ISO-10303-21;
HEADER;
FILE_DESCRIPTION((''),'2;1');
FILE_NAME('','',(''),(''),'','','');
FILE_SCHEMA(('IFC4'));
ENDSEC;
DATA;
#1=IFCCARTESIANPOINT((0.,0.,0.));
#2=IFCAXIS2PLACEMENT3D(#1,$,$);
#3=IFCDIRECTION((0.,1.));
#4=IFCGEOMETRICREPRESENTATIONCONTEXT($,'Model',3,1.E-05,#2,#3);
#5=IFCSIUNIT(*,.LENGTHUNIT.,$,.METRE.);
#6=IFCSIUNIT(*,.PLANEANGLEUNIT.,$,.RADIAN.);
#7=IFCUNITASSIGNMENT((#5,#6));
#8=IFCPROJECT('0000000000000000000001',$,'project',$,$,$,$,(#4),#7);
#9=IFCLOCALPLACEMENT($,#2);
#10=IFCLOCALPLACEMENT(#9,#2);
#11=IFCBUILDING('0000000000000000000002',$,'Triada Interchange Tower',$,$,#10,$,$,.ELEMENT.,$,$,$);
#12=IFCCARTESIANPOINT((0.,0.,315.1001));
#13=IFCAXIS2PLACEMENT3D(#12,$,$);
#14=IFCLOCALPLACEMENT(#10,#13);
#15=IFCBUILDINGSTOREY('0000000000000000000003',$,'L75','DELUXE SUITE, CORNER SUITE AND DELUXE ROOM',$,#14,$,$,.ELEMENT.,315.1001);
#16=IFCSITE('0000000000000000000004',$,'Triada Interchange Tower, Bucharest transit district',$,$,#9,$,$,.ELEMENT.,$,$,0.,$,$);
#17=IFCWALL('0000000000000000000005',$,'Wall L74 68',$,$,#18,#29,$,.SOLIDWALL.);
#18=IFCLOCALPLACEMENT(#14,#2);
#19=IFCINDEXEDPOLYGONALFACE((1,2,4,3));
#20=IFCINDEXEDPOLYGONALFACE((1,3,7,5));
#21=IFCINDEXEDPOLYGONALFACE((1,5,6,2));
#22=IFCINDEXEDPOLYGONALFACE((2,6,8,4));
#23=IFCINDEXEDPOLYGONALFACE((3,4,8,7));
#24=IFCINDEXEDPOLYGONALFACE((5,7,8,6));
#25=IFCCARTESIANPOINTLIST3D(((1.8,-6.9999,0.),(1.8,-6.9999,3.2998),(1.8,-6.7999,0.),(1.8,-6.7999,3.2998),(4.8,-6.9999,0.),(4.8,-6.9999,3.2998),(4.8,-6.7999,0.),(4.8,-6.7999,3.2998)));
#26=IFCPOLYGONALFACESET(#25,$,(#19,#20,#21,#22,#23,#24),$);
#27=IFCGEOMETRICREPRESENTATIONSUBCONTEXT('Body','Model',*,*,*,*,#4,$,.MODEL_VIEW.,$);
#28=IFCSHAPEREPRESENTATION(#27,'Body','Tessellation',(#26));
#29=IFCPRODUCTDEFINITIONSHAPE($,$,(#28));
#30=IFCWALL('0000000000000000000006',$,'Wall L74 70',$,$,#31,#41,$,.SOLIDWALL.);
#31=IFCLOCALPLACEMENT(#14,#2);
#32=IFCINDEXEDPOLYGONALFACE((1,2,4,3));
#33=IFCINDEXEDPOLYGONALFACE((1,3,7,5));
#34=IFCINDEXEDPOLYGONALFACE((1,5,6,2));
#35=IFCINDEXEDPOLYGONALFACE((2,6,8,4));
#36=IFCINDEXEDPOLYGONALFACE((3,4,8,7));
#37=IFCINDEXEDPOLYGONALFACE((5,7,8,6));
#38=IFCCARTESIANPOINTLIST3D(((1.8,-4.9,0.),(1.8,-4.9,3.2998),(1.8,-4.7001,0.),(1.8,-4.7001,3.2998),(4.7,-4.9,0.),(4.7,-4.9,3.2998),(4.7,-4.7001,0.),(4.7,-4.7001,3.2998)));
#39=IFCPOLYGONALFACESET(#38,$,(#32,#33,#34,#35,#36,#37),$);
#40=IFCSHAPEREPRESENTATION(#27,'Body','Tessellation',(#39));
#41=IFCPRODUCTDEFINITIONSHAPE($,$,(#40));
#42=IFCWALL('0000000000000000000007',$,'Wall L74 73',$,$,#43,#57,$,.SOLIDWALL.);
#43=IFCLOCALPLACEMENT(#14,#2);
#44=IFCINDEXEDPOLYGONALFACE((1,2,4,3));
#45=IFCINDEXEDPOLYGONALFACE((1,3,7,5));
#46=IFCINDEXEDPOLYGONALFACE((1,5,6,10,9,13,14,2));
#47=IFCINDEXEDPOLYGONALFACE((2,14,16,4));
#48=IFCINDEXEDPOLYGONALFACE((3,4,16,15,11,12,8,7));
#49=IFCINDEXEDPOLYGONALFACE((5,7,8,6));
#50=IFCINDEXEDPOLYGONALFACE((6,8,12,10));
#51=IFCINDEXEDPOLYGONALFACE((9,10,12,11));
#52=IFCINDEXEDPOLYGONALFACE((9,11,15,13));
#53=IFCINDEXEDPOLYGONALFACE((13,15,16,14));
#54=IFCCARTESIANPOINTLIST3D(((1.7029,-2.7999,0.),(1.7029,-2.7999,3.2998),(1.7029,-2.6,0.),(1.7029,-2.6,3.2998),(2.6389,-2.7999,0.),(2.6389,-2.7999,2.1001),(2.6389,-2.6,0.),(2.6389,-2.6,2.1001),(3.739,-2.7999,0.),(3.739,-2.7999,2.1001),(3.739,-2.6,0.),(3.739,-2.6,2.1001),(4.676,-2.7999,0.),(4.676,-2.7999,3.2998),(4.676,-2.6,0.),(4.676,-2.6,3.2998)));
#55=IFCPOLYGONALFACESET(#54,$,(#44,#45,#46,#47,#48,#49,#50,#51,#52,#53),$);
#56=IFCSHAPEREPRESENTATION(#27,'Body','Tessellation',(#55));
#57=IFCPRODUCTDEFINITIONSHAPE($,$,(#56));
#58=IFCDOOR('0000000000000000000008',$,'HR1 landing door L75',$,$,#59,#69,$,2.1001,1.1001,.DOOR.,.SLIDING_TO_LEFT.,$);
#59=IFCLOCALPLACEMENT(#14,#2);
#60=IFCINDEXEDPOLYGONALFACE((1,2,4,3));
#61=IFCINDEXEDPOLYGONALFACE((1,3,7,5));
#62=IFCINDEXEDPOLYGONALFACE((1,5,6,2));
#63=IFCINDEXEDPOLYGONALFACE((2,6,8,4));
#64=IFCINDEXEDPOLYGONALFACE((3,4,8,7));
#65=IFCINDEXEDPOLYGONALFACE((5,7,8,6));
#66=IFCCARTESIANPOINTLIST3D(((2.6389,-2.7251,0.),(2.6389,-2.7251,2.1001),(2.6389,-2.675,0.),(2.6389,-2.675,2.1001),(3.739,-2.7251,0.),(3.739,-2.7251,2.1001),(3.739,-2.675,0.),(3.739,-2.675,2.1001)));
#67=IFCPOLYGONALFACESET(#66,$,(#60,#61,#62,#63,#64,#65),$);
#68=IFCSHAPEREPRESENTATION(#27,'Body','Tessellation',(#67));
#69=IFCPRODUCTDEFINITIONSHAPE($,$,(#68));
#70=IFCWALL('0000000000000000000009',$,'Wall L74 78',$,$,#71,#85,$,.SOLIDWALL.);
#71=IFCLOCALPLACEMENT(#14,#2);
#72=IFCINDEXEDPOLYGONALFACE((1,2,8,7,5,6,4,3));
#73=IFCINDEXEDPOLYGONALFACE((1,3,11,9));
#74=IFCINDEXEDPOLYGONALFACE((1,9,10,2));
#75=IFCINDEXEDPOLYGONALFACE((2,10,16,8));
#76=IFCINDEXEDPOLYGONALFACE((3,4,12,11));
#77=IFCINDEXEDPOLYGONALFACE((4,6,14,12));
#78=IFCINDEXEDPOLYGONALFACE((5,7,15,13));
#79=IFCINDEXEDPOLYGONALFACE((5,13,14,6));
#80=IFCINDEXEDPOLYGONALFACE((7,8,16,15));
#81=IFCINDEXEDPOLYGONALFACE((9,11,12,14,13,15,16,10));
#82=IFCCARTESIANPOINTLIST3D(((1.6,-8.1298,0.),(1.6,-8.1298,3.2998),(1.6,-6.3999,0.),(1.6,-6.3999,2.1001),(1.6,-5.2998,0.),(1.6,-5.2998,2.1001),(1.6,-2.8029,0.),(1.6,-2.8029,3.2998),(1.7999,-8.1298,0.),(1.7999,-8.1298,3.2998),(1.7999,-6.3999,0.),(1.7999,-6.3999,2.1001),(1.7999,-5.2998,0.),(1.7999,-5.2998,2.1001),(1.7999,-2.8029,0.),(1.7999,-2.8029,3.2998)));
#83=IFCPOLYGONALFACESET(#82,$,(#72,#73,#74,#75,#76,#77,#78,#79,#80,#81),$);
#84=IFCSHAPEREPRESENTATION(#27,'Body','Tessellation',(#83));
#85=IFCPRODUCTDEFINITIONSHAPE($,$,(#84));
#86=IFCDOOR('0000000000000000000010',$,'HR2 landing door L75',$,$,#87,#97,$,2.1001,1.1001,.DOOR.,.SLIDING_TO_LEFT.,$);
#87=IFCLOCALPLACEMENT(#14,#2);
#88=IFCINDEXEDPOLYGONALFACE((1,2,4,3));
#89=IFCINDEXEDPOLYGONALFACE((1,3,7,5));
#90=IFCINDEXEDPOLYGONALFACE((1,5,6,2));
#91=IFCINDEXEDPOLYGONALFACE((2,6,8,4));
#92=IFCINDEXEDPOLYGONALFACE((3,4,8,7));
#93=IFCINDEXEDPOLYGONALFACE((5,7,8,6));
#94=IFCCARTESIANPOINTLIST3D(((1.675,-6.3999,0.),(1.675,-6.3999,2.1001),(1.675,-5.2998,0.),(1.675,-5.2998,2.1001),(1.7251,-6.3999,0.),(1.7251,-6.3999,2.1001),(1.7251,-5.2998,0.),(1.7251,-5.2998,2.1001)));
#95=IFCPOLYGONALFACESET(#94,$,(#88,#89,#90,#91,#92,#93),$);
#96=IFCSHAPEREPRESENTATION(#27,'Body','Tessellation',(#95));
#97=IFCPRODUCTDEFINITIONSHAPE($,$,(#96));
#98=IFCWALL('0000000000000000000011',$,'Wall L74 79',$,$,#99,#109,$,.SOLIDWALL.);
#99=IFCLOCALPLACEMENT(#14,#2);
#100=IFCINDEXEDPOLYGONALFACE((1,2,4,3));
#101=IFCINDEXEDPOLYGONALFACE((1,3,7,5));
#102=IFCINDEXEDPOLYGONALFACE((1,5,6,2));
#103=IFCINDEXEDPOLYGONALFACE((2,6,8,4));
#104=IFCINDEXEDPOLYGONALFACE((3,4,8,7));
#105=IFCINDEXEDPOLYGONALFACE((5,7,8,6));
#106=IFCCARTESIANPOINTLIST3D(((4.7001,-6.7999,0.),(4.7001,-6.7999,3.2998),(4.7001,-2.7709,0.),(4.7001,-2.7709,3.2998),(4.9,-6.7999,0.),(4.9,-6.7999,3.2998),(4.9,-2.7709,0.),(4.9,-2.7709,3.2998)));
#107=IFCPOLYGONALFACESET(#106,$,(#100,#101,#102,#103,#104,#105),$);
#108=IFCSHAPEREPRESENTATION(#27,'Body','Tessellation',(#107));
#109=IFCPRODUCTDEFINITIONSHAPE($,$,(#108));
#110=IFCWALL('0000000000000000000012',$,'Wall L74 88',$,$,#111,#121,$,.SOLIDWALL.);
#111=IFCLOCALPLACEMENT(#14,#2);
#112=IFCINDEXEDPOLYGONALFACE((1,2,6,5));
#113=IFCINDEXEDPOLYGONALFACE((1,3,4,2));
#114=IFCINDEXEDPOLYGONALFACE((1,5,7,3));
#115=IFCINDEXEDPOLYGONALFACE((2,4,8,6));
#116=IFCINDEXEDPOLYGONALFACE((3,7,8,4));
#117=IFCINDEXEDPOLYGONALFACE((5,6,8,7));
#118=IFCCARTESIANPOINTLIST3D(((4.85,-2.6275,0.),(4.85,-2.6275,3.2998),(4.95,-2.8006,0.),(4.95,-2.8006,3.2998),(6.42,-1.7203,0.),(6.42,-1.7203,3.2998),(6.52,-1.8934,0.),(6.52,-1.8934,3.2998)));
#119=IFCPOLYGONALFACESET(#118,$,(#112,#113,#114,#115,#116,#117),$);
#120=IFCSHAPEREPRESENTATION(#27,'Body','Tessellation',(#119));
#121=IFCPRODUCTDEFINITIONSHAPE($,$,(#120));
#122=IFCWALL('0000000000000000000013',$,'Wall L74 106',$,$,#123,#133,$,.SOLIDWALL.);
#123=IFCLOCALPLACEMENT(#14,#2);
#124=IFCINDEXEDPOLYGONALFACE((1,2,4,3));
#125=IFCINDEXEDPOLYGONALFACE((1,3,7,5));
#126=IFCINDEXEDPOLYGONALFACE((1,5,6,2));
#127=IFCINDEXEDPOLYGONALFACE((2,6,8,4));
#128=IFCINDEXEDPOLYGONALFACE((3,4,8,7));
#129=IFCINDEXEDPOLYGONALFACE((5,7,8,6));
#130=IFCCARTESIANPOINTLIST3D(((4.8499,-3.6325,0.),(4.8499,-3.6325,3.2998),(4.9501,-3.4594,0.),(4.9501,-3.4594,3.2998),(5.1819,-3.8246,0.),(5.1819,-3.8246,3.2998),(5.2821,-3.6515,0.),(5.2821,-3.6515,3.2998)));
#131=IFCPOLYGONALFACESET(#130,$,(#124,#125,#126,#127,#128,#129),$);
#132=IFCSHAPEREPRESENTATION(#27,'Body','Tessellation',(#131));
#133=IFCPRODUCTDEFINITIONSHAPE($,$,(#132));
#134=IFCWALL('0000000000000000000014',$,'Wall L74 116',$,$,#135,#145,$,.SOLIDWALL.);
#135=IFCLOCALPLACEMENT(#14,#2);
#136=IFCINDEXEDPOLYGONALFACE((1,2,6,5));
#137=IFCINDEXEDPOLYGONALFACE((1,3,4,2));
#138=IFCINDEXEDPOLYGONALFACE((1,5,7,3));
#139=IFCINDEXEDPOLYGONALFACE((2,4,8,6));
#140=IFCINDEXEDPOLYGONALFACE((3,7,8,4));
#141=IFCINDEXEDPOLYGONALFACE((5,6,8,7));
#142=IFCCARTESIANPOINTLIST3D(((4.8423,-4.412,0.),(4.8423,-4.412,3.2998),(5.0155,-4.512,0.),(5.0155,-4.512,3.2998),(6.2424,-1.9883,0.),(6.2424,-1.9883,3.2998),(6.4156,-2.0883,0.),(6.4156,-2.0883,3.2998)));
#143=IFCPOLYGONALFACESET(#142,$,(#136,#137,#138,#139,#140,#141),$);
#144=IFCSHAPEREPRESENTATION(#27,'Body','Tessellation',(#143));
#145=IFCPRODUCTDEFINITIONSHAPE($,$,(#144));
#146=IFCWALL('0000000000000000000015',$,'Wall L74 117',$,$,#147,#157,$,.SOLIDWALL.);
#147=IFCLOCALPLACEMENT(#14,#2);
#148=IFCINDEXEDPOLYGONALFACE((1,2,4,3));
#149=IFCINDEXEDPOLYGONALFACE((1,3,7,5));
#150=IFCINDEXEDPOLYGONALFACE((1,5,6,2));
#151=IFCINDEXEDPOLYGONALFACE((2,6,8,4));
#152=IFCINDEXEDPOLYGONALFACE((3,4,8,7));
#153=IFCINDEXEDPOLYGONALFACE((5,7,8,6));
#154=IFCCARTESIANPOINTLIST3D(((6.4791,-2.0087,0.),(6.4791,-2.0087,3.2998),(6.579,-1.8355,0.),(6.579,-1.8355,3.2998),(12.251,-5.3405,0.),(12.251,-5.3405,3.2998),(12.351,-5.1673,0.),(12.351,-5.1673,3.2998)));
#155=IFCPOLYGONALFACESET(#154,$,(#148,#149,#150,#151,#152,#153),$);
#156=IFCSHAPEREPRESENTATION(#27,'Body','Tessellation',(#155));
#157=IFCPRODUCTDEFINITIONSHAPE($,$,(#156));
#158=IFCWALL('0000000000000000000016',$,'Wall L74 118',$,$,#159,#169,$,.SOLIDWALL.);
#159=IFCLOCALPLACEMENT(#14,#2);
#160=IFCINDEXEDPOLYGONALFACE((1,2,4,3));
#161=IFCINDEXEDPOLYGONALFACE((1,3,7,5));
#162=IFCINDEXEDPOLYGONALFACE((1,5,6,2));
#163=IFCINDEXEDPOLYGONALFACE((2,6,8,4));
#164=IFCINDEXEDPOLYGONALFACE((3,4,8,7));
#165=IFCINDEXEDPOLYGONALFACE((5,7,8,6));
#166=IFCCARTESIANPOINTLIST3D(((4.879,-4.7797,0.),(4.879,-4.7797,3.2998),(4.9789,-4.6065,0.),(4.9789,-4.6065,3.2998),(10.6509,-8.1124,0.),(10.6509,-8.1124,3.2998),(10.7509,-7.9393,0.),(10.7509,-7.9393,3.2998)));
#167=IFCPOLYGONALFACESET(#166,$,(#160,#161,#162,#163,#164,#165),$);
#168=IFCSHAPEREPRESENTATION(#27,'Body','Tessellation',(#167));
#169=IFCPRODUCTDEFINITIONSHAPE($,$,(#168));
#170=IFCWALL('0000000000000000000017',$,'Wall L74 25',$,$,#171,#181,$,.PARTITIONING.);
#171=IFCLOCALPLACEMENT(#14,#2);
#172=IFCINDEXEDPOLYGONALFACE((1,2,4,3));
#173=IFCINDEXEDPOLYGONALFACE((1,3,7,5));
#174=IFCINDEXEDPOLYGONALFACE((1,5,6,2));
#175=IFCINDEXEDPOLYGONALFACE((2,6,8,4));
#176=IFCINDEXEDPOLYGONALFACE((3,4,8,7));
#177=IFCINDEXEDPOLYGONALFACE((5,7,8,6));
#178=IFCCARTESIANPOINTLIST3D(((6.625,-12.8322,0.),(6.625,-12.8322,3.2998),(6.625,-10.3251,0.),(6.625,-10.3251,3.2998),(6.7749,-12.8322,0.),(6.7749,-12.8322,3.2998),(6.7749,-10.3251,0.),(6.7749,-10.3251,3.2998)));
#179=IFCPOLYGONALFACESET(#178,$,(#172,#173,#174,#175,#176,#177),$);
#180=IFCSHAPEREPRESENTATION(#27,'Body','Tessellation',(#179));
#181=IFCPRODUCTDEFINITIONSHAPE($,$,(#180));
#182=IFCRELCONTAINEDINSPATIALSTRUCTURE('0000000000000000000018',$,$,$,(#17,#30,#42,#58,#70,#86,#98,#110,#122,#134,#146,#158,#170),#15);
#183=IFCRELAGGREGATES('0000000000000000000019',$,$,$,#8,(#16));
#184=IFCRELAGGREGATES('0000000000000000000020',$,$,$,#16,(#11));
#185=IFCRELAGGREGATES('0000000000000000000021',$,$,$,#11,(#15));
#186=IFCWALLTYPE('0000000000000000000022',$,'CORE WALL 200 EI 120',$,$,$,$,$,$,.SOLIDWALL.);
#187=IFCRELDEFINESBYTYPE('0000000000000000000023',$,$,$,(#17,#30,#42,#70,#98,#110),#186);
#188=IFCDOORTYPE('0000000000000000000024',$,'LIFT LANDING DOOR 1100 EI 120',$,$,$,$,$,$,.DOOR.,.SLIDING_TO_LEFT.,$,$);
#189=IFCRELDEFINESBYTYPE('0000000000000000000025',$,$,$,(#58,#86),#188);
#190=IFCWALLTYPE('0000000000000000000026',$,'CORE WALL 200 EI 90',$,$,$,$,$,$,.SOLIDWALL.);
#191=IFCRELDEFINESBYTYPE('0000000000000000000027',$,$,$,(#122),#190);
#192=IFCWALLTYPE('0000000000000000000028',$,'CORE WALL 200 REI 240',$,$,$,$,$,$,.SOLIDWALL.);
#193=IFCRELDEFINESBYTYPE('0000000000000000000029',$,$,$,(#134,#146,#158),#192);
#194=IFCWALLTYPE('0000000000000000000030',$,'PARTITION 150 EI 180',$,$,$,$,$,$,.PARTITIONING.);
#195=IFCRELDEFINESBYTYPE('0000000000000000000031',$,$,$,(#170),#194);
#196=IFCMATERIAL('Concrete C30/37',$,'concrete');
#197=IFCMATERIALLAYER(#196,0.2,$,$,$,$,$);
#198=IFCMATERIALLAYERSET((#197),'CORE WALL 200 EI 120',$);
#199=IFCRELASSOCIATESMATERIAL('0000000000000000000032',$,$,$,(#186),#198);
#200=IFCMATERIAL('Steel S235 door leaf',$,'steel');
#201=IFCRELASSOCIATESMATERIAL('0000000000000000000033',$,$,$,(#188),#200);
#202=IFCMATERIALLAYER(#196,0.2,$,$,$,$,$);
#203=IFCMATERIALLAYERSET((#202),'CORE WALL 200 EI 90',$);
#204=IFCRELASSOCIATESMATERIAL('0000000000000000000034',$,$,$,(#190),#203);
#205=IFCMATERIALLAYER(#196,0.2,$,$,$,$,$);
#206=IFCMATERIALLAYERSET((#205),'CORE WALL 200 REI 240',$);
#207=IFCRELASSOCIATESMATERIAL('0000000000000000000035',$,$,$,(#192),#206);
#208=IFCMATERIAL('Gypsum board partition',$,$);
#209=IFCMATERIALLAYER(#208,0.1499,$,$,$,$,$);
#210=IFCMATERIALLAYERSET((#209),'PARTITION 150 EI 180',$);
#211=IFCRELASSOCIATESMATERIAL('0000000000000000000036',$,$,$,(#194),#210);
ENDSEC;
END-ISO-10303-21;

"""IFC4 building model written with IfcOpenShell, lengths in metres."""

from ifc_helpers import new_model, si_unit, direction, frame, frame_2d, origin, place, context, subcontext, project, spatial, rectangle, extrude, material, layer, layer_set, type_object, element, fill, save


model = new_model("IFC4")

# Units and contexts
model_context = context("Model", 3, precision=1e-05, world=origin(), true_north=direction((0.0, 1.0)))
body_context = subcontext(model_context, "Body", "Model", "MODEL_VIEW")
ifc_project = project(units=[si_unit("LENGTHUNIT", "METRE"), si_unit("PLANEANGLEUNIT", "RADIAN")], contexts=[model_context])

# Site, building, storey
site_placement = place(None, origin())
site = spatial("IfcSite", under=ifc_project, at=site_placement, Name="Triada Interchange Tower, Bucharest transit district", CompositionType="ELEMENT", RefElevation=0.0)
building_placement = place(site_placement, origin())
building = spatial("IfcBuilding", under=site, at=building_placement, Name="Triada Interchange Tower", CompositionType="ELEMENT")
storey_placement = place(building_placement, frame((0.0, 0.0, 315.1001)))
storey = spatial("IfcBuildingStorey", under=building, at=storey_placement, Name="L75", Description="DELUXE SUITE, CORNER SUITE AND DELUXE ROOM", CompositionType="ELEMENT", Elevation=315.1001)

# Walls
ifc_material_1 = material(Name="Concrete C30/37", Category="concrete")
ifc_layer_1 = layer(ifc_material_1, 0.2)
ifc_layer_set_1 = layer_set([ifc_layer_1], Name="CORE WALL 200 EI 120")
wall_type_1 = type_object("IfcWallType", Name="CORE WALL 200 EI 120", PredefinedType="SOLIDWALL", material=ifc_layer_set_1)
wall_1_placement = place(storey_placement, frame((1.8, -6.8999, 0.0), z_axis=(0.0, 0.0, 1.0), x_axis=(1.0, 0.0, 0.0)))
element("IfcWall", 1, at=wall_1_placement, inside=storey, type_object=wall_type_1, Name="Wall L74 68", PredefinedType="SOLIDWALL", context=body_context, shape_type="SweptSolid", body=[
    extrude(rectangle(XDim=3.0, YDim=0.2, at=frame_2d((1.5, 0.0))), origin(), (0.0, 0.0, 1.0), 3.2998),
])
wall_2_placement = place(storey_placement, frame((1.8, -4.8, 0.0), z_axis=(0.0, 0.0, 1.0), x_axis=(1.0, 0.0, 0.0)))
element("IfcWall", 2, at=wall_2_placement, inside=storey, type_object=wall_type_1, Name="Wall L74 70", PredefinedType="SOLIDWALL", context=body_context, shape_type="SweptSolid", body=[
    extrude(rectangle(XDim=2.8999, YDim=0.2, at=frame_2d((1.45, 0.0))), origin(), (0.0, 0.0, 1.0), 3.2998),
])

# Walls, openings, doors
wall_3_placement = place(storey_placement, frame((1.7029, -2.7, 0.0), z_axis=(0.0, 0.0, 1.0), x_axis=(1.0, 0.0, 0.0)))
wall_3 = element("IfcWall", 3, at=wall_3_placement, inside=storey, type_object=wall_type_1, Name="Wall L74 73", PredefinedType="SOLIDWALL", context=body_context, shape_type="SweptSolid", body=[
    extrude(rectangle(XDim=2.9731, YDim=0.2, at=frame_2d((1.4866, 0.0))), origin(), (0.0, 0.0, 1.0), 3.2998),
])
opening_1_placement = place(wall_3_placement, frame((0.936, 0.0, 0.0)))
opening_1 = element("IfcOpeningElement", 4, at=opening_1_placement, cuts=wall_3, PredefinedType="OPENING", context=body_context, shape_type="SweptSolid", body=[
    extrude(rectangle(XDim=1.1001, YDim=2.1001, at=frame_2d((0.55, 1.05))), frame((0.0, 0.1099, 0.0), z_axis=(0.0, -1.0, 0.0), x_axis=(1.0, 0.0, 0.0)), (0.0, 0.0, 1.0), 0.22),
])
ifc_material_2 = material(Name="Steel S235 door leaf", Category="steel")
door_type = type_object("IfcDoorType", Name="LIFT LANDING DOOR 1100 EI 120", OperationType="SLIDING_TO_LEFT", PredefinedType="DOOR", material=ifc_material_2)
door_1_placement = place(opening_1_placement, origin())
door_1 = element("IfcDoor", 5, at=door_1_placement, inside=storey, type_object=door_type, Name="HR1 landing door L75", OperationType="SLIDING_TO_LEFT", OverallHeight=2.1001, OverallWidth=1.1001, PredefinedType="DOOR", context=body_context, shape_type="SweptSolid", body=[
    extrude(rectangle(XDim=1.1001, YDim=2.1001, at=frame_2d((0.55, 1.05))), frame((0.0, 0.0249, 0.0), z_axis=(0.0, -1.0, 0.0), x_axis=(1.0, 0.0, 0.0)), (0.0, 0.0, 1.0), 0.05),
])
fill(opening_1, door_1)
wall_4_placement = place(storey_placement, frame((1.7, -8.1299, 0.0), z_axis=(0.0, 0.0, 1.0), x_axis=(0.0, 1.0, 0.0)))
wall_4 = element("IfcWall", 6, at=wall_4_placement, inside=storey, type_object=wall_type_1, Name="Wall L74 78", PredefinedType="SOLIDWALL", context=body_context, shape_type="SweptSolid", body=[
    extrude(rectangle(XDim=5.3269, YDim=0.2, at=frame_2d((2.6636, 0.0))), origin(), (0.0, 0.0, 1.0), 3.2998),
])
opening_2_placement = place(wall_4_placement, frame((1.73, 0.0, 0.0)))
opening_2 = element("IfcOpeningElement", 7, at=opening_2_placement, cuts=wall_4, PredefinedType="OPENING", context=body_context, shape_type="SweptSolid", body=[
    extrude(rectangle(XDim=1.1001, YDim=2.1001, at=frame_2d((0.55, 1.05))), frame((0.0, 0.1099, 0.0), z_axis=(0.0, -1.0, 0.0), x_axis=(1.0, 0.0, 0.0)), (0.0, 0.0, 1.0), 0.22),
])
door_2_placement = place(opening_2_placement, origin())
door_2 = element("IfcDoor", 8, at=door_2_placement, inside=storey, type_object=door_type, Name="HR2 landing door L75", OperationType="SLIDING_TO_LEFT", OverallHeight=2.1001, OverallWidth=1.1001, PredefinedType="DOOR", context=body_context, shape_type="SweptSolid", body=[
    extrude(rectangle(XDim=1.1001, YDim=2.1001, at=frame_2d((0.55, 1.05))), frame((0.0, 0.0249, 0.0), z_axis=(0.0, -1.0, 0.0), x_axis=(1.0, 0.0, 0.0)), (0.0, 0.0, 1.0), 0.05),
])
fill(opening_2, door_2)

# Walls
wall_5_placement = place(storey_placement, frame((4.8, -6.8, 0.0), z_axis=(0.0, 0.0, 1.0), x_axis=(0.0, 1.0, 0.0)))
element("IfcWall", 9, at=wall_5_placement, inside=storey, type_object=wall_type_1, Name="Wall L74 79", PredefinedType="SOLIDWALL", context=body_context, shape_type="SweptSolid", body=[
    extrude(rectangle(XDim=4.0291, YDim=0.2, at=frame_2d((2.0146, 0.0))), origin(), (0.0, 0.0, 1.0), 3.2998),
])
wall_6_placement = place(storey_placement, frame((4.8999, -2.7141, 0.0), z_axis=(0.0, 0.0, 1.0), x_axis=(0.865847, 0.500309, 0.0)))
element("IfcWall", 10, at=wall_6_placement, inside=storey, type_object=wall_type_1, Name="Wall L74 88", PredefinedType="SOLIDWALL", context=body_context, shape_type="SweptSolid", body=[
    extrude(rectangle(XDim=1.8132, YDim=0.2, at=frame_2d((0.9067, 0.0))), origin(), (0.0, 0.0, 1.0), 3.2998),
])
ifc_layer_2 = layer(ifc_material_1, 0.2)
ifc_layer_set_2 = layer_set([ifc_layer_2], Name="CORE WALL 200 EI 90")
wall_type_2 = type_object("IfcWallType", Name="CORE WALL 200 EI 90", PredefinedType="SOLIDWALL", material=ifc_layer_set_2)
wall_7_placement = place(storey_placement, frame((4.8999, -3.5459, 0.0), z_axis=(0.0, 0.0, 1.0), x_axis=(0.865528, -0.500861, 0.0)))
element("IfcWall", 11, at=wall_7_placement, inside=storey, type_object=wall_type_2, Name="Wall L74 106", PredefinedType="SOLIDWALL", context=body_context, shape_type="SweptSolid", body=[
    extrude(rectangle(XDim=0.3835, YDim=0.2, at=frame_2d((0.1919, 0.0))), origin(), (0.0, 0.0, 1.0), 3.2998),
])
ifc_layer_3 = layer(ifc_material_1, 0.2)
ifc_layer_set_3 = layer_set([ifc_layer_3], Name="CORE WALL 200 REI 240")
wall_type_3 = type_object("IfcWallType", Name="CORE WALL 200 REI 240", PredefinedType="SOLIDWALL", material=ifc_layer_set_3)
wall_8_placement = place(storey_placement, frame((4.929, -4.4619, 0.0), z_axis=(0.0, 0.0, 1.0), x_axis=(0.500201, 0.86591, 0.0)))
element("IfcWall", 12, at=wall_8_placement, inside=storey, type_object=wall_type_3, Name="Wall L74 116", PredefinedType="SOLIDWALL", context=body_context, shape_type="SweptSolid", body=[
    extrude(rectangle(XDim=2.7991, YDim=0.2, at=frame_2d((1.3994, 0.0))), origin(), (0.0, 0.0, 1.0), 3.2998),
])
wall_9_placement = place(storey_placement, frame((6.5291, -1.9221, 0.0), z_axis=(0.0, 0.0, 1.0), x_axis=(0.866068, -0.499925, 0.0)))
element("IfcWall", 13, at=wall_9_placement, inside=storey, type_object=wall_type_3, Name="Wall L74 117", PredefinedType="SOLIDWALL", context=body_context, shape_type="SweptSolid", body=[
    extrude(rectangle(XDim=6.6646, YDim=0.2, at=frame_2d((3.3323, 0.0))), origin(), (0.0, 0.0, 1.0), 3.2998),
])
wall_10_placement = place(storey_placement, frame((4.929, -4.6931, 0.0), z_axis=(0.0, 0.0, 1.0), x_axis=(0.866005, -0.500035, 0.0)))
element("IfcWall", 14, at=wall_10_placement, inside=storey, type_object=wall_type_3, Name="Wall L74 118", PredefinedType="SOLIDWALL", context=body_context, shape_type="SweptSolid", body=[
    extrude(rectangle(XDim=6.665, YDim=0.2, at=frame_2d((3.3325, 0.0))), origin(), (0.0, 0.0, 1.0), 3.2998),
])
ifc_material_3 = material(Name="Gypsum board partition")
ifc_layer_4 = layer(ifc_material_3, 0.1499)
ifc_layer_set_4 = layer_set([ifc_layer_4], Name="PARTITION 150 EI 180")
wall_type_4 = type_object("IfcWallType", Name="PARTITION 150 EI 180", PredefinedType="PARTITIONING", material=ifc_layer_set_4)
for number, where, z_axis, x_axis, name in (
    (15, (6.7, -12.832, 0.0), (0.0, 0.0, 1.0), (0.0, 1.0, 0.0), "Wall L74 25"),
):
    element("IfcWall", number, at=place(storey_placement, frame(where, z_axis=z_axis, x_axis=x_axis)), inside=storey, type_object=wall_type_4, Name=name, PredefinedType="PARTITIONING", context=body_context, shape_type="SweptSolid", body=[
        extrude(rectangle(XDim=2.5071, YDim=0.1499, at=frame_2d((1.2534, 0.0))), origin(), (0.0, 0.0, 1.0), 3.2998),
    ])

save(model, "model.ifc")
